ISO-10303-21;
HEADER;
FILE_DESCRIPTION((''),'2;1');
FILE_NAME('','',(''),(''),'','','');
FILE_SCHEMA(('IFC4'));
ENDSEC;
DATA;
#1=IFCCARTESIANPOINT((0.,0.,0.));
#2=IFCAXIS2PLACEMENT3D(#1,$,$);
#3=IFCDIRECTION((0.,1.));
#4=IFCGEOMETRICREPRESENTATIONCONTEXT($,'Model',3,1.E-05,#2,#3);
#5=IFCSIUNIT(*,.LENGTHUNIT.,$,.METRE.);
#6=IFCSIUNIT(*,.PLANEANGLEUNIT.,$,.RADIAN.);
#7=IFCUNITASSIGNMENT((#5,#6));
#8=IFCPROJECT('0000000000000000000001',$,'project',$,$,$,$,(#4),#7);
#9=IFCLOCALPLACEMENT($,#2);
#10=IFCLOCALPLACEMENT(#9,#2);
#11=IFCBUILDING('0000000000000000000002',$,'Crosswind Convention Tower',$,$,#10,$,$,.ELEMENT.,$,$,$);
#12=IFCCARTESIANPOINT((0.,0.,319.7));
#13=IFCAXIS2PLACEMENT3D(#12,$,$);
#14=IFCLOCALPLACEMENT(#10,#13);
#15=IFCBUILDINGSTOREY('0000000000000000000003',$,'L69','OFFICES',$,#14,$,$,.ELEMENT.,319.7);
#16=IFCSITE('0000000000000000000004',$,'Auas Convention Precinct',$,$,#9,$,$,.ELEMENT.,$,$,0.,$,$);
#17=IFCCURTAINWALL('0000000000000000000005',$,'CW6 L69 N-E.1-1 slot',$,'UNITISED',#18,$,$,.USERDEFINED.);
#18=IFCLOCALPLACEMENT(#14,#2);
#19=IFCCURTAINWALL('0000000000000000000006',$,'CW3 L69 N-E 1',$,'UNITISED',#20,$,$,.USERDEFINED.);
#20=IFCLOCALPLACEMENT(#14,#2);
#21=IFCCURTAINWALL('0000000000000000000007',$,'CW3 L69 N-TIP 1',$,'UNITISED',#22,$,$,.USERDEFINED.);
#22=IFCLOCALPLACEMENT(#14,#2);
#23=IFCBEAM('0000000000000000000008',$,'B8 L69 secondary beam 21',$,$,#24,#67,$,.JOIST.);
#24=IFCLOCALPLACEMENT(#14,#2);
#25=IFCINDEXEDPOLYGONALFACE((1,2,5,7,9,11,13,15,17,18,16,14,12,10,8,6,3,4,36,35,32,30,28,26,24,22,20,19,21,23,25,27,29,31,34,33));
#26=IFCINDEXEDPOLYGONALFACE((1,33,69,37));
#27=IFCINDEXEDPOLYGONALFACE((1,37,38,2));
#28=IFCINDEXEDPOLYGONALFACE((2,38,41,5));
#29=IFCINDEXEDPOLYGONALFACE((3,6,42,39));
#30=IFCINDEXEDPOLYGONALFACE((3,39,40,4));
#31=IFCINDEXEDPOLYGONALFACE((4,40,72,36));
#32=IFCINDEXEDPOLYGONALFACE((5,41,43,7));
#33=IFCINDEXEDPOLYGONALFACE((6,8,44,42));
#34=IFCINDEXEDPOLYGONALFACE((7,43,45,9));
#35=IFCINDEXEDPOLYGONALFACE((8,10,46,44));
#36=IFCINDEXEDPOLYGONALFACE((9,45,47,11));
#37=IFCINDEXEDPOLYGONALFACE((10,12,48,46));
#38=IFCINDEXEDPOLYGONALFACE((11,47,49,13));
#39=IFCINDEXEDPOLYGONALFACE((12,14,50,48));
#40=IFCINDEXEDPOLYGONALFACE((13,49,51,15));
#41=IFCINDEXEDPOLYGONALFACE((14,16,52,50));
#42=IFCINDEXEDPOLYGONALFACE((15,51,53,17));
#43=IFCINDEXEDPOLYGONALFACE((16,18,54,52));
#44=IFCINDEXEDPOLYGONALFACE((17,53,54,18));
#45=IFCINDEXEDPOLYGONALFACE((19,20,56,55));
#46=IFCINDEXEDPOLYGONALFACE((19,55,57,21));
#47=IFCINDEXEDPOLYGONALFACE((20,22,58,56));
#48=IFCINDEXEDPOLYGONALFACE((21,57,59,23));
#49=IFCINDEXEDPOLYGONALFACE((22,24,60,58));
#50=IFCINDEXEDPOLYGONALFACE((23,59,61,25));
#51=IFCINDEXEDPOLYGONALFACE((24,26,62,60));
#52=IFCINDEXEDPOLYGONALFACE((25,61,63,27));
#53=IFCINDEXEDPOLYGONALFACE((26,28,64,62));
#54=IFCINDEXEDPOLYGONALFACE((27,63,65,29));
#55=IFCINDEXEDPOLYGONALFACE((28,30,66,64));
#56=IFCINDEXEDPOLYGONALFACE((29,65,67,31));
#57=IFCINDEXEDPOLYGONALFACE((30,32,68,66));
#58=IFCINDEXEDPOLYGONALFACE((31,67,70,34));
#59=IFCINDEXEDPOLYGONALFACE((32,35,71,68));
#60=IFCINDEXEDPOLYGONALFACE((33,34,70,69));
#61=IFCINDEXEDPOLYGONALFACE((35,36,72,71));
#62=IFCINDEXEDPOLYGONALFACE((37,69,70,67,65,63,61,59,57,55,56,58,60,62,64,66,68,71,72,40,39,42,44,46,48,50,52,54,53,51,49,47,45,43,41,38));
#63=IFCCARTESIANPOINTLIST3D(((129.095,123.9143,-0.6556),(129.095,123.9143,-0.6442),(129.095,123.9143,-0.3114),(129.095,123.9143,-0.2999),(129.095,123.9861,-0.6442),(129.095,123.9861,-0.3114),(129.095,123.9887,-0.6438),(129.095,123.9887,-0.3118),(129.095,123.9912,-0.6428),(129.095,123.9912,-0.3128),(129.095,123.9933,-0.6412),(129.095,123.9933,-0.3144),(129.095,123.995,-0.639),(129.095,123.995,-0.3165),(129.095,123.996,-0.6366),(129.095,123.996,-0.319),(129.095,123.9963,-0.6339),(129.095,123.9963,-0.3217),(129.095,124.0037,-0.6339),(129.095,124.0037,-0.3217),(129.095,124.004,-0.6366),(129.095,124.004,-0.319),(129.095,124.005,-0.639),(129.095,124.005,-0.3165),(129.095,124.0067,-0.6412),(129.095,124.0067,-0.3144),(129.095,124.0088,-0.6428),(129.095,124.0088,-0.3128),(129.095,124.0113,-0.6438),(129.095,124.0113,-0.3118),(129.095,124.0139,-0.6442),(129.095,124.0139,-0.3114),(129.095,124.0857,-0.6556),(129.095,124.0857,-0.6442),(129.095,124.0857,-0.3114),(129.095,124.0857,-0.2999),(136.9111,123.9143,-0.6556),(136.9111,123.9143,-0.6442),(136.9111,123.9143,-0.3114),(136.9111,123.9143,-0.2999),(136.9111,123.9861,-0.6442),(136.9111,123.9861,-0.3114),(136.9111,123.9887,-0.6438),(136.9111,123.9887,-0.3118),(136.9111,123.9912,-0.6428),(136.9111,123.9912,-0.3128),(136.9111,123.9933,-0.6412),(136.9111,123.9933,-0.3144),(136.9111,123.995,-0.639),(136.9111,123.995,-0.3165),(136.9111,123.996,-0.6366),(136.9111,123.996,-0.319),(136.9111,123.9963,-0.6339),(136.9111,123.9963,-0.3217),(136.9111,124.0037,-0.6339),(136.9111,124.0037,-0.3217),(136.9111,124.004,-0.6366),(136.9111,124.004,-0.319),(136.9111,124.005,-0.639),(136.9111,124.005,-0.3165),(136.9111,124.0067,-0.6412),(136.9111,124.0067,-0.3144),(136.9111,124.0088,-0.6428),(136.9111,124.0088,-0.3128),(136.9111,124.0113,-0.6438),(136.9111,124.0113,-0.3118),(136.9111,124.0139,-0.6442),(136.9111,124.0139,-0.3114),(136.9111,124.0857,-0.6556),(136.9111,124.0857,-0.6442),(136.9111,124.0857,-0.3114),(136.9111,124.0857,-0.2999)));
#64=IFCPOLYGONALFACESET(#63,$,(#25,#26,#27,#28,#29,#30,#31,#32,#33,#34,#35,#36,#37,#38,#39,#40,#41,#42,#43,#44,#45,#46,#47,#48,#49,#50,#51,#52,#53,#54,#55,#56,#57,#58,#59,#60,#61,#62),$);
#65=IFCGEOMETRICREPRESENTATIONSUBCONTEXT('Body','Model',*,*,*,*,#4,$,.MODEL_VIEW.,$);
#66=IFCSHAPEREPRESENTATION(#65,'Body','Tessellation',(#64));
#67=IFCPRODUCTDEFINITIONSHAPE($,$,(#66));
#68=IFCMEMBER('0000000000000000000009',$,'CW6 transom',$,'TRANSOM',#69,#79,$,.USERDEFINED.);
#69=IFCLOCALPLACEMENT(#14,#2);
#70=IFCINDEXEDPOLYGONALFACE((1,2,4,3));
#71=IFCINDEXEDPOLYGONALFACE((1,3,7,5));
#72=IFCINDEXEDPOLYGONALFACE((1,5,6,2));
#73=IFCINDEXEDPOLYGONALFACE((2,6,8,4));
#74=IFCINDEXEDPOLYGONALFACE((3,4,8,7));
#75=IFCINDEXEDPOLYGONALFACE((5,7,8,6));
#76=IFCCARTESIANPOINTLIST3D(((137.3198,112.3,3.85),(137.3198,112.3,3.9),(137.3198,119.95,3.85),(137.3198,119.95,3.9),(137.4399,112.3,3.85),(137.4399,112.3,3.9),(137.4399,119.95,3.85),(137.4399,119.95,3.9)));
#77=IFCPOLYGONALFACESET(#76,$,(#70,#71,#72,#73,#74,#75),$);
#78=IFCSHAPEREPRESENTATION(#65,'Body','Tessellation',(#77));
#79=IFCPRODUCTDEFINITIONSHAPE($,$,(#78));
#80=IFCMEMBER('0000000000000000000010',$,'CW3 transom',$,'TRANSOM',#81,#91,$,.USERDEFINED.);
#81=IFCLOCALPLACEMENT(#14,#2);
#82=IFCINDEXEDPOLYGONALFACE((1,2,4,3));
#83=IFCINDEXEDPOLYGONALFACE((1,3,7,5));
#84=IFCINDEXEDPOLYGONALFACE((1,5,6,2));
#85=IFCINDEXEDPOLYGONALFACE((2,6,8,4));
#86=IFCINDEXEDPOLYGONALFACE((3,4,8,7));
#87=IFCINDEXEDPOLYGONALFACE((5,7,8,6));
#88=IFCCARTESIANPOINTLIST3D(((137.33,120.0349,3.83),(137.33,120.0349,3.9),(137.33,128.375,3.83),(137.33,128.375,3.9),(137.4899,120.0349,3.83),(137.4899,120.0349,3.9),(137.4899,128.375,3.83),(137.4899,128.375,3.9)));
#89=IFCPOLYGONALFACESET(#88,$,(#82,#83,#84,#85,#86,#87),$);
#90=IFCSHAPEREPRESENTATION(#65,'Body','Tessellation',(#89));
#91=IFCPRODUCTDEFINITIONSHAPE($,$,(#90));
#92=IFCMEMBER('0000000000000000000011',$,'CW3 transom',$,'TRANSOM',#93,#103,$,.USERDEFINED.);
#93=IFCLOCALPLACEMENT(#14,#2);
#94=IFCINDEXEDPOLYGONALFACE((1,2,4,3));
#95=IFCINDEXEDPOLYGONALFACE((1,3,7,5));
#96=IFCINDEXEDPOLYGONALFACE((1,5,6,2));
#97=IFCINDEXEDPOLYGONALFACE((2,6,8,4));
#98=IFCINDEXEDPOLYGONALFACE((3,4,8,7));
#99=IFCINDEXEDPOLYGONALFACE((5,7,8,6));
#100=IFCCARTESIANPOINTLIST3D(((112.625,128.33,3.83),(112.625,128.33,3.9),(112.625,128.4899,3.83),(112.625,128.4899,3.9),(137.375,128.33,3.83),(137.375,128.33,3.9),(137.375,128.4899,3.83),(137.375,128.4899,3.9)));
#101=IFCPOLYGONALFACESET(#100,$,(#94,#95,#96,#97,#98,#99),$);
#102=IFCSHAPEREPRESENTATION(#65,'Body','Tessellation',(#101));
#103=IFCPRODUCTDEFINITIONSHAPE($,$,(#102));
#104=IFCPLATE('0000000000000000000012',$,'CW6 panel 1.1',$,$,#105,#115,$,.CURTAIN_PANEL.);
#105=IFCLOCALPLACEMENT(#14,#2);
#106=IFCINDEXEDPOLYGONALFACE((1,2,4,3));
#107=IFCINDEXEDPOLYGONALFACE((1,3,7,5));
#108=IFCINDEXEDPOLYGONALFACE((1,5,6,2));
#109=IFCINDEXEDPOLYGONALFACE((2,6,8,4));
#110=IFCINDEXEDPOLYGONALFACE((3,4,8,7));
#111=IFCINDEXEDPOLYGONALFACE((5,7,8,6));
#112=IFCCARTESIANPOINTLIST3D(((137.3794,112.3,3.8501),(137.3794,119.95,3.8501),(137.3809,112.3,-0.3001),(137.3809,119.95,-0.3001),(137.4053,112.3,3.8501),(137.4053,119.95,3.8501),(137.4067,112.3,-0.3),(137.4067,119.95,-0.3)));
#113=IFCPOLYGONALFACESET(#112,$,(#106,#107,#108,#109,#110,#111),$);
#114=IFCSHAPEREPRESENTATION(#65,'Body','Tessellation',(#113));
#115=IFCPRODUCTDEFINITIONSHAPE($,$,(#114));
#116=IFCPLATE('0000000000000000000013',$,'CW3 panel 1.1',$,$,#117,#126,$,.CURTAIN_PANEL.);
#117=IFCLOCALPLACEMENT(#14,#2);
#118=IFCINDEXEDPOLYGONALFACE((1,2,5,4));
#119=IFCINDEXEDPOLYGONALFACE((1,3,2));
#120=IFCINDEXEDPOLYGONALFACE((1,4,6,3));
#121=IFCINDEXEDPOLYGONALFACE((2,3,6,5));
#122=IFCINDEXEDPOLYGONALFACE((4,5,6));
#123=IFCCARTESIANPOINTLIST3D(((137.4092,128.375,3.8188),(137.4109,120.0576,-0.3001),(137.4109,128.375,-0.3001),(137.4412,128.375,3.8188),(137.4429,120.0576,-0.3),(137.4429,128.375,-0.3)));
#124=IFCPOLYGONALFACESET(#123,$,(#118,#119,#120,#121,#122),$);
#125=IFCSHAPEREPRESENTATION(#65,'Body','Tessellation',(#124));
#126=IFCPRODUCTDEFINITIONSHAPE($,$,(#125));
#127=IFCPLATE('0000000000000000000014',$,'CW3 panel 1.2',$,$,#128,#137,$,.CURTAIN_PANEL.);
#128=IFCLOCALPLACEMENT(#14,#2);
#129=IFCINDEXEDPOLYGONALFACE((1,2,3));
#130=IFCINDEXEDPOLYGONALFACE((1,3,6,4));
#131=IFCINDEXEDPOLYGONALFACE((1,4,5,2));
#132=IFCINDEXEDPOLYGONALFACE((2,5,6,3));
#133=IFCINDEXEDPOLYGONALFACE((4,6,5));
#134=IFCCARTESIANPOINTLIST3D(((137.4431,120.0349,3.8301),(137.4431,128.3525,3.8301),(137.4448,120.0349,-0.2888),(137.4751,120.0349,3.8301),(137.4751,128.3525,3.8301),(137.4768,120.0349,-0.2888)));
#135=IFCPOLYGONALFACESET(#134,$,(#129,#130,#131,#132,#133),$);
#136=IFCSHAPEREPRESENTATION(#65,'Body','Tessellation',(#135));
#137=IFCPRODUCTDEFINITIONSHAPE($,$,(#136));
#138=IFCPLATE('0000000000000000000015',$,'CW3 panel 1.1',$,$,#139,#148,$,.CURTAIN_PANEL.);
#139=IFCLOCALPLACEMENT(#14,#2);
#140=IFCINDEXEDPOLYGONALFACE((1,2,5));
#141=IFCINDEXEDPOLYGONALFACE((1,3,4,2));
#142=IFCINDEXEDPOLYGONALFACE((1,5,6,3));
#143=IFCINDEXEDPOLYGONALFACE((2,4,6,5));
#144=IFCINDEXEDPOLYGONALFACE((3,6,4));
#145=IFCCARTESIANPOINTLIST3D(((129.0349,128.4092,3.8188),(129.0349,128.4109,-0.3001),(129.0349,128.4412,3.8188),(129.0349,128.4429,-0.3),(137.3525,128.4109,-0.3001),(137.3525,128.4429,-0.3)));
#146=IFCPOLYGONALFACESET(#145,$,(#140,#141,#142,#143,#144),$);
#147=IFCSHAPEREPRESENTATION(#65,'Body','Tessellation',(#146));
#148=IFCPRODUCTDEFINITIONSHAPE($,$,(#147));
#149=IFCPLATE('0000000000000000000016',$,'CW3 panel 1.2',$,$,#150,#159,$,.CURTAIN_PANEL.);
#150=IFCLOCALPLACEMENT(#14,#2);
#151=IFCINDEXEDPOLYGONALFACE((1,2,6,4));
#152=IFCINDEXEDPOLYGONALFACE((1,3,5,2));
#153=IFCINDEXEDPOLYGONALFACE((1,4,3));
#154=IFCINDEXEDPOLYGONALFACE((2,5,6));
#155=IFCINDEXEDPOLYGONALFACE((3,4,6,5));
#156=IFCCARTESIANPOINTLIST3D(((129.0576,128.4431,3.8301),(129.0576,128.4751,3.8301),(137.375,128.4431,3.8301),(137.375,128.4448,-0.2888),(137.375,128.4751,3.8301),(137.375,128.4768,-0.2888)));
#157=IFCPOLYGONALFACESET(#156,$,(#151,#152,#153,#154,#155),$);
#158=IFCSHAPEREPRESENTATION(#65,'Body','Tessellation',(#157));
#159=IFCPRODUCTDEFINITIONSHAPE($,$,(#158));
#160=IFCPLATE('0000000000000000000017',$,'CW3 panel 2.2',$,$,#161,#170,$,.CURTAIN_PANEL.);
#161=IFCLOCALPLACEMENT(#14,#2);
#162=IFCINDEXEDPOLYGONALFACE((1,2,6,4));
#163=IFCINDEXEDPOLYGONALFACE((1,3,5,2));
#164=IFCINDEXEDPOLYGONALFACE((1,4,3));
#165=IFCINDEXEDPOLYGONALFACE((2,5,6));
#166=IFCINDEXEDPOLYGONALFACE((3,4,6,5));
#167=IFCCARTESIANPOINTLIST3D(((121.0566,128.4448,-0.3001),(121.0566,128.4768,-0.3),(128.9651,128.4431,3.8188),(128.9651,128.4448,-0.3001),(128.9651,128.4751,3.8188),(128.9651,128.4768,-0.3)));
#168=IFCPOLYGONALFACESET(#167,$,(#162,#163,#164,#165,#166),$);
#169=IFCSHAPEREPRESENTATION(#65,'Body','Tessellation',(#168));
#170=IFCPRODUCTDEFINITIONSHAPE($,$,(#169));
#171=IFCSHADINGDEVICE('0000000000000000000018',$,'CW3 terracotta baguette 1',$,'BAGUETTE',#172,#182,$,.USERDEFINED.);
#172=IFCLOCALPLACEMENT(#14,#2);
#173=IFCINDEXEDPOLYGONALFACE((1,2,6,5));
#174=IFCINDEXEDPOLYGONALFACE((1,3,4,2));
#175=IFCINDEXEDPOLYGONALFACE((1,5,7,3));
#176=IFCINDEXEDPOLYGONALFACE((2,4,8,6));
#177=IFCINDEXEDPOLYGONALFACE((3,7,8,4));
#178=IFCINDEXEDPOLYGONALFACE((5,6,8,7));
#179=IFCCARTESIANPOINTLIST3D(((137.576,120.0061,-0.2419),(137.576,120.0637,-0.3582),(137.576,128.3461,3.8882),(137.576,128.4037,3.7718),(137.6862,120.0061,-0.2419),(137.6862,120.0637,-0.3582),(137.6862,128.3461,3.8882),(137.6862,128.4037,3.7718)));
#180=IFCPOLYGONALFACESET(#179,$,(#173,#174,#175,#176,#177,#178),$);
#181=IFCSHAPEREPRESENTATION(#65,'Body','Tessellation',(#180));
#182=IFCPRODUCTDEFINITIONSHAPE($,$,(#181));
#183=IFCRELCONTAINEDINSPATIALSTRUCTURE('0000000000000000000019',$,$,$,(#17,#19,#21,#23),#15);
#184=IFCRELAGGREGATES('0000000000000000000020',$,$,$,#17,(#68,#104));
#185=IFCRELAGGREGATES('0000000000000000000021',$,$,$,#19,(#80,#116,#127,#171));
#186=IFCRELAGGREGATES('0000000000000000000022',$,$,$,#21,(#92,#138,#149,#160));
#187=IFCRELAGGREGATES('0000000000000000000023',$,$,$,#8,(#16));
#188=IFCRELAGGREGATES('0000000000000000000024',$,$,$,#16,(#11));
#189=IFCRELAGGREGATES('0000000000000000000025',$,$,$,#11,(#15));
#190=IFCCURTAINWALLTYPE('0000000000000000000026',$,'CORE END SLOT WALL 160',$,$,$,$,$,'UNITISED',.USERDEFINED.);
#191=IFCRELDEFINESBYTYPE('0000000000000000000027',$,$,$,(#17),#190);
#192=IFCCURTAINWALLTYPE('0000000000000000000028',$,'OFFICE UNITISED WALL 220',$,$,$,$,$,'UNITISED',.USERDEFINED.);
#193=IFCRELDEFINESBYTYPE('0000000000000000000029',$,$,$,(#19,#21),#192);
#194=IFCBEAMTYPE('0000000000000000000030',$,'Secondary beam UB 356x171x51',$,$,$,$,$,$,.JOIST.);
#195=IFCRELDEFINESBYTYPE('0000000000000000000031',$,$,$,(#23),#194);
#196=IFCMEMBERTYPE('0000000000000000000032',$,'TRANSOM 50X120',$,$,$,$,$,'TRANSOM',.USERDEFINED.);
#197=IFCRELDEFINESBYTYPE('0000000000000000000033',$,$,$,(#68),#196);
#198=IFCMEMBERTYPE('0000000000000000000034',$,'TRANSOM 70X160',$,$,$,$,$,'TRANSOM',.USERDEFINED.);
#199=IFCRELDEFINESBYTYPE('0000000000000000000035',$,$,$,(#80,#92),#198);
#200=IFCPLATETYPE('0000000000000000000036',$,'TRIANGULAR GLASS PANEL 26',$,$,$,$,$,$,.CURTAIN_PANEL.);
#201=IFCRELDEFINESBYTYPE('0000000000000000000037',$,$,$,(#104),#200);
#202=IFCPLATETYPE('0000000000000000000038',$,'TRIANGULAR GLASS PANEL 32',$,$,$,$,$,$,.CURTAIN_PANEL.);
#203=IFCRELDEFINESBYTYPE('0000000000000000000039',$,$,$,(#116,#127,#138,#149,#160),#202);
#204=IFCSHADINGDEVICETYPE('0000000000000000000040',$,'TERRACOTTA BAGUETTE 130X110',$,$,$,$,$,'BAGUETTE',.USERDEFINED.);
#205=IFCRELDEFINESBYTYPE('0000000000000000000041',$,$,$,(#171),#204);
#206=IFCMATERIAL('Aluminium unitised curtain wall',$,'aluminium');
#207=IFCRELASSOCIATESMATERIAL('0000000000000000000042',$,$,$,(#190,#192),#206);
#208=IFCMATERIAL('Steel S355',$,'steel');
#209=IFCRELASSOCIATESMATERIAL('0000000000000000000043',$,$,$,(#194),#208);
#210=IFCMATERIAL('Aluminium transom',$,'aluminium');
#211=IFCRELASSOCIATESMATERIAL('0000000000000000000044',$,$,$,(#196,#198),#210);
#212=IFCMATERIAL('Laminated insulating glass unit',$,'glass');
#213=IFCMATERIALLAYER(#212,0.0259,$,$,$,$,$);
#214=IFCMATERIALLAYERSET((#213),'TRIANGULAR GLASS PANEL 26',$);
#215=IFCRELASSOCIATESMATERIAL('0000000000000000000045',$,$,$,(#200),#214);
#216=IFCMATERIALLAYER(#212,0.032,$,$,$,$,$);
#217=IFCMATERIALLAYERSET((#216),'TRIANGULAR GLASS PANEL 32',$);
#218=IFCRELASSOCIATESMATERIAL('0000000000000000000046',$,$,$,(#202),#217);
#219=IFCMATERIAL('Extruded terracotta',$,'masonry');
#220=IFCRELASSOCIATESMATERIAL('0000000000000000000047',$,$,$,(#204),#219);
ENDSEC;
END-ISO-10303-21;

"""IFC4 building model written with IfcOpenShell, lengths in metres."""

from ifc_helpers import new_model, si_unit, direction, frame, origin, origin_2d, place, context, subcontext, project, spatial, polyline, rectangle, i_section, outline, extrude, material, layer, layer_set, material_profile, profile_set, type_object, element, aggregate, save


model = new_model("IFC4")

# Units and contexts
model_context = context("Model", 3, precision=1e-05, world=origin(), true_north=direction((0.0, 1.0)))
body_context = subcontext(model_context, "Body", "Model", "MODEL_VIEW")
ifc_project = project(units=[si_unit("LENGTHUNIT", "METRE"), si_unit("PLANEANGLEUNIT", "RADIAN")], contexts=[model_context])

# Site, building, storey
site_placement = place(None, origin())
site = spatial("IfcSite", under=ifc_project, at=site_placement, Name="Auas Convention Precinct", CompositionType="ELEMENT", RefElevation=0.0)
building_placement = place(site_placement, origin())
building = spatial("IfcBuilding", under=site, at=building_placement, Name="Crosswind Convention Tower", CompositionType="ELEMENT")
storey_placement = place(building_placement, frame((0.0, 0.0, 319.7)))
storey = spatial("IfcBuildingStorey", under=building, at=storey_placement, Name="L69", Description="OFFICES", CompositionType="ELEMENT", Elevation=319.7)

# Shared definitions
ifc_material_1 = material(Name="Steel S355", Category="steel")

# Curtain walls
ifc_material_2 = material(Name="Aluminium unitised curtain wall", Category="aluminium")
curtain_wall_type_1 = type_object("IfcCurtainWallType", Name="CORE END SLOT WALL 160", ElementType="UNITISED", PredefinedType="USERDEFINED", material=ifc_material_2)
curtain_wall_1_placement = place(storey_placement, origin())
curtain_wall_1 = element("IfcCurtainWall", 1, at=curtain_wall_1_placement, inside=storey, type_object=curtain_wall_type_1, Name="CW6 L69 N-E.1-1 slot", ObjectType="UNITISED", PredefinedType="USERDEFINED")
curtain_wall_type_2 = type_object("IfcCurtainWallType", Name="OFFICE UNITISED WALL 220", ElementType="UNITISED", PredefinedType="USERDEFINED", material=ifc_material_2)
curtain_wall_2_placement = place(storey_placement, origin())
curtain_wall_2 = element("IfcCurtainWall", 2, at=curtain_wall_2_placement, inside=storey, type_object=curtain_wall_type_2, Name="CW3 L69 N-E 1", ObjectType="UNITISED", PredefinedType="USERDEFINED")

# Curtain wall
curtain_wall_3_placement = place(storey_placement, origin())
curtain_wall_3 = element("IfcCurtainWall", 3, at=curtain_wall_3_placement, inside=storey, type_object=curtain_wall_type_2, Name="CW3 L69 N-TIP 1", ObjectType="UNITISED", PredefinedType="USERDEFINED")

# Beam
ifc_material_profile_1 = material_profile(ifc_material_1, i_section(OverallWidth=0.1714, OverallDepth=0.3557, WebThickness=0.0073, FlangeThickness=0.0115, FilletRadius=0.0103, at=origin_2d()), Name="UB 356x171x51")
ifc_profile_set_1 = profile_set([ifc_material_profile_1], Name="Steel S355")
beam_type_1 = type_object("IfcBeamType", Name="Secondary beam UB 356x171x51", PredefinedType="JOIST", material=ifc_profile_set_1)
for number, where, z_axis, x_axis, name in (
    (4, (129.095, 124.0, -0.4778), (1.0, 0.0, 0.0), (0.0, 1.0, 0.0), "B8 L69 secondary beam 21"),
):
    element("IfcBeam", number, at=place(storey_placement, frame(where, z_axis=z_axis, x_axis=x_axis)), inside=storey, type_object=beam_type_1, Name=name, PredefinedType="JOIST", context=body_context, shape_type="SweptSolid", body=[
        extrude(i_section(OverallWidth=0.1714, OverallDepth=0.3557, WebThickness=0.0073, FlangeThickness=0.0115, FilletRadius=0.0103, at=origin_2d()), origin(), (0.0, 0.0, 1.0), 7.8162),
    ])

# Members
ifc_material_3 = material(Name="Aluminium transom", Category="aluminium")
ifc_material_profile_2 = material_profile(ifc_material_3, rectangle(XDim=0.1201, YDim=0.05, at=origin_2d()), Name="AL 120X50")
ifc_profile_set_2 = profile_set([ifc_material_profile_2], Name="Aluminium transom")
member_type_1 = type_object("IfcMemberType", Name="TRANSOM 50X120", ElementType="TRANSOM", PredefinedType="USERDEFINED", material=ifc_profile_set_2)
member_1_placement = place(storey_placement, frame((137.3799, 112.3, 3.875), z_axis=(0.0, 1.0, 0.0), x_axis=(-1.0, 0.0, 0.0)))
member_1 = element("IfcMember", 5, at=member_1_placement, type_object=member_type_1, Name="CW6 transom", ObjectType="TRANSOM", PredefinedType="USERDEFINED", context=body_context, shape_type="SweptSolid", body=[
    extrude(rectangle(XDim=0.1201, YDim=0.05, at=origin_2d()), origin(), (0.0, 0.0, 1.0), 7.6499),
])
ifc_material_profile_3 = material_profile(ifc_material_3, rectangle(XDim=0.1599, YDim=0.0701, at=origin_2d()), Name="AL 160X70")
ifc_profile_set_3 = profile_set([ifc_material_profile_3], Name="Aluminium transom")
member_type_2 = type_object("IfcMemberType", Name="TRANSOM 70X160", ElementType="TRANSOM", PredefinedType="USERDEFINED", material=ifc_profile_set_3)
member_2_placement = place(storey_placement, frame((137.4099, 120.0349, 3.865), z_axis=(0.0, 1.0, 0.0), x_axis=(-1.0, 0.0, 0.0)))
member_2 = element("IfcMember", 6, at=member_2_placement, type_object=member_type_2, Name="CW3 transom", ObjectType="TRANSOM", PredefinedType="USERDEFINED", context=body_context, shape_type="SweptSolid", body=[
    extrude(rectangle(XDim=0.1599, YDim=0.0701, at=origin_2d()), origin(), (0.0, 0.0, 1.0), 8.3401),
])
member_3_placement = place(storey_placement, frame((137.375, 128.4099, 3.865), z_axis=(-1.0, 0.0, 0.0), x_axis=(0.0, -1.0, 0.0)))
member_3 = element("IfcMember", 7, at=member_3_placement, type_object=member_type_2, Name="CW3 transom", ObjectType="TRANSOM", PredefinedType="USERDEFINED", context=body_context, shape_type="SweptSolid", body=[
    extrude(rectangle(XDim=0.1599, YDim=0.0701, at=origin_2d()), origin(), (0.0, 0.0, 1.0), 24.75),
])

# Plates
ifc_material_4 = material(Name="Laminated insulating glass unit", Category="glass")
ifc_layer_1 = layer(ifc_material_4, 0.0259)
ifc_layer_set_1 = layer_set([ifc_layer_1], Name="TRIANGULAR GLASS PANEL 26")
plate_type_1 = type_object("IfcPlateType", Name="TRIANGULAR GLASS PANEL 26", PredefinedType="CURTAIN_PANEL", material=ifc_layer_set_1)
plate_1_placement = place(storey_placement, frame((137.4067, 112.3, -0.3), z_axis=(1.0, 0.0, 0.000353), x_axis=(0.0, 1.0, 0.0)))
plate_1 = element("IfcPlate", 8, at=plate_1_placement, type_object=plate_type_1, Name="CW6 panel 1.1", PredefinedType="CURTAIN_PANEL", context=body_context, shape_type="SweptSolid", body=[
    extrude(outline(polyline([(0.0, 0.0), (7.6499, 0.0), (7.6499, 4.1501), (0.0, 4.1501), (0.0, 0.0)])), origin(), (0.0, 0.0, -1.0), 0.0259),
])
aggregate(curtain_wall_1, [member_1, plate_1])
ifc_layer_2 = layer(ifc_material_4, 0.032)
ifc_layer_set_2 = layer_set([ifc_layer_2], Name="TRIANGULAR GLASS PANEL 32")
plate_type_2 = type_object("IfcPlateType", Name="TRIANGULAR GLASS PANEL 32", PredefinedType="CURTAIN_PANEL", material=ifc_layer_set_2)
plate_2_placement = place(storey_placement, frame((137.4429, 128.375, -0.3), z_axis=(1.0, 0.0, 0.000415), x_axis=(-0.000415, 0.0, 1.0)))
plate_2 = element("IfcPlate", 9, at=plate_2_placement, type_object=plate_type_2, Name="CW3 panel 1.1", PredefinedType="CURTAIN_PANEL", context=body_context, shape_type="SweptSolid", body=[
    extrude(outline(polyline([(0.0, 0.0), (4.1189, 0.0), (0.0, 8.3174), (0.0, 0.0)])), origin(), (0.0, 0.0, -1.0), 0.032),
])
plate_3_placement = place(storey_placement, frame((137.4751, 120.0349, 3.8301), z_axis=(1.0, 0.0, 0.000415), x_axis=(0.000415, 0.0, -1.0)))
plate_3 = element("IfcPlate", 10, at=plate_3_placement, type_object=plate_type_2, Name="CW3 panel 1.2", PredefinedType="CURTAIN_PANEL", context=body_context, shape_type="SweptSolid", body=[
    extrude(outline(polyline([(0.0, 0.0), (4.1189, 0.0), (0.0, 8.3176), (0.0, 0.0)])), origin(), (0.0, 0.0, -1.0), 0.032),
])
plate_4_placement = place(storey_placement, frame((129.0349, 128.4429, -0.3), z_axis=(0.0, 1.0, 0.000415), x_axis=(0.0, -0.000415, 1.0)))
plate_4 = element("IfcPlate", 11, at=plate_4_placement, type_object=plate_type_2, Name="CW3 panel 1.1", PredefinedType="CURTAIN_PANEL", context=body_context, shape_type="SweptSolid", body=[
    extrude(outline(polyline([(0.0, 0.0), (4.1189, 0.0), (0.0, 8.3176), (0.0, 0.0)])), origin(), (0.0, 0.0, -1.0), 0.032),
])
plate_5_placement = place(storey_placement, frame((137.375, 128.4751, 3.8301), z_axis=(0.0, 1.0, 0.000415), x_axis=(0.0, 0.000415, -1.0)))
plate_5 = element("IfcPlate", 12, at=plate_5_placement, type_object=plate_type_2, Name="CW3 panel 1.2", PredefinedType="CURTAIN_PANEL", context=body_context, shape_type="SweptSolid", body=[
    extrude(outline(polyline([(0.0, 0.0), (4.1189, 0.0), (0.0, 8.3174), (0.0, 0.0)])), origin(), (0.0, 0.0, -1.0), 0.032),
])
plate_6_placement = place(storey_placement, frame((128.9651, 128.4768, -0.3), z_axis=(0.0, 1.0, 0.000415), x_axis=(-1.0, 0.0, 0.0)))
plate_6 = element("IfcPlate", 13, at=plate_6_placement, type_object=plate_type_2, Name="CW3 panel 2.2", PredefinedType="CURTAIN_PANEL", context=body_context, shape_type="SweptSolid", body=[
    extrude(outline(polyline([(0.0, 0.0), (7.9084, 0.0), (0.0, 4.1189), (0.0, 0.0)])), origin(), (0.0, 0.0, -1.0), 0.032),
])

# Shading device
ifc_material_5 = material(Name="Extruded terracotta", Category="masonry")
ifc_material_profile_4 = material_profile(ifc_material_5, rectangle(XDim=0.1101, YDim=0.1299, at=origin_2d()), Name="TC 110X130")
ifc_profile_set_4 = profile_set([ifc_material_profile_4], Name="Extruded terracotta")
shading_device_type = type_object("IfcShadingDeviceType", Name="TERRACOTTA BAGUETTE 130X110", ElementType="BAGUETTE", PredefinedType="USERDEFINED", material=ifc_profile_set_4)
shading_device_1_placement = place(storey_placement, frame((137.6311, 120.0349, -0.3), z_axis=(0.0, 0.896136, 0.443779), x_axis=(-1.0, 0.0, 0.0)))
shading_device_1 = element("IfcShadingDevice", 14, at=shading_device_1_placement, type_object=shading_device_type, Name="CW3 terracotta baguette 1", ObjectType="BAGUETTE", PredefinedType="USERDEFINED", context=body_context, shape_type="SweptSolid", body=[
    extrude(rectangle(XDim=0.1101, YDim=0.1299, at=origin_2d()), origin(), (0.0, 0.0, 1.0), 9.3066),
])
aggregate(curtain_wall_2, [member_2, plate_2, plate_3, shading_device_1])
aggregate(curtain_wall_3, [member_3, plate_4, plate_5, plate_6])

save(model, "model.ifc")
